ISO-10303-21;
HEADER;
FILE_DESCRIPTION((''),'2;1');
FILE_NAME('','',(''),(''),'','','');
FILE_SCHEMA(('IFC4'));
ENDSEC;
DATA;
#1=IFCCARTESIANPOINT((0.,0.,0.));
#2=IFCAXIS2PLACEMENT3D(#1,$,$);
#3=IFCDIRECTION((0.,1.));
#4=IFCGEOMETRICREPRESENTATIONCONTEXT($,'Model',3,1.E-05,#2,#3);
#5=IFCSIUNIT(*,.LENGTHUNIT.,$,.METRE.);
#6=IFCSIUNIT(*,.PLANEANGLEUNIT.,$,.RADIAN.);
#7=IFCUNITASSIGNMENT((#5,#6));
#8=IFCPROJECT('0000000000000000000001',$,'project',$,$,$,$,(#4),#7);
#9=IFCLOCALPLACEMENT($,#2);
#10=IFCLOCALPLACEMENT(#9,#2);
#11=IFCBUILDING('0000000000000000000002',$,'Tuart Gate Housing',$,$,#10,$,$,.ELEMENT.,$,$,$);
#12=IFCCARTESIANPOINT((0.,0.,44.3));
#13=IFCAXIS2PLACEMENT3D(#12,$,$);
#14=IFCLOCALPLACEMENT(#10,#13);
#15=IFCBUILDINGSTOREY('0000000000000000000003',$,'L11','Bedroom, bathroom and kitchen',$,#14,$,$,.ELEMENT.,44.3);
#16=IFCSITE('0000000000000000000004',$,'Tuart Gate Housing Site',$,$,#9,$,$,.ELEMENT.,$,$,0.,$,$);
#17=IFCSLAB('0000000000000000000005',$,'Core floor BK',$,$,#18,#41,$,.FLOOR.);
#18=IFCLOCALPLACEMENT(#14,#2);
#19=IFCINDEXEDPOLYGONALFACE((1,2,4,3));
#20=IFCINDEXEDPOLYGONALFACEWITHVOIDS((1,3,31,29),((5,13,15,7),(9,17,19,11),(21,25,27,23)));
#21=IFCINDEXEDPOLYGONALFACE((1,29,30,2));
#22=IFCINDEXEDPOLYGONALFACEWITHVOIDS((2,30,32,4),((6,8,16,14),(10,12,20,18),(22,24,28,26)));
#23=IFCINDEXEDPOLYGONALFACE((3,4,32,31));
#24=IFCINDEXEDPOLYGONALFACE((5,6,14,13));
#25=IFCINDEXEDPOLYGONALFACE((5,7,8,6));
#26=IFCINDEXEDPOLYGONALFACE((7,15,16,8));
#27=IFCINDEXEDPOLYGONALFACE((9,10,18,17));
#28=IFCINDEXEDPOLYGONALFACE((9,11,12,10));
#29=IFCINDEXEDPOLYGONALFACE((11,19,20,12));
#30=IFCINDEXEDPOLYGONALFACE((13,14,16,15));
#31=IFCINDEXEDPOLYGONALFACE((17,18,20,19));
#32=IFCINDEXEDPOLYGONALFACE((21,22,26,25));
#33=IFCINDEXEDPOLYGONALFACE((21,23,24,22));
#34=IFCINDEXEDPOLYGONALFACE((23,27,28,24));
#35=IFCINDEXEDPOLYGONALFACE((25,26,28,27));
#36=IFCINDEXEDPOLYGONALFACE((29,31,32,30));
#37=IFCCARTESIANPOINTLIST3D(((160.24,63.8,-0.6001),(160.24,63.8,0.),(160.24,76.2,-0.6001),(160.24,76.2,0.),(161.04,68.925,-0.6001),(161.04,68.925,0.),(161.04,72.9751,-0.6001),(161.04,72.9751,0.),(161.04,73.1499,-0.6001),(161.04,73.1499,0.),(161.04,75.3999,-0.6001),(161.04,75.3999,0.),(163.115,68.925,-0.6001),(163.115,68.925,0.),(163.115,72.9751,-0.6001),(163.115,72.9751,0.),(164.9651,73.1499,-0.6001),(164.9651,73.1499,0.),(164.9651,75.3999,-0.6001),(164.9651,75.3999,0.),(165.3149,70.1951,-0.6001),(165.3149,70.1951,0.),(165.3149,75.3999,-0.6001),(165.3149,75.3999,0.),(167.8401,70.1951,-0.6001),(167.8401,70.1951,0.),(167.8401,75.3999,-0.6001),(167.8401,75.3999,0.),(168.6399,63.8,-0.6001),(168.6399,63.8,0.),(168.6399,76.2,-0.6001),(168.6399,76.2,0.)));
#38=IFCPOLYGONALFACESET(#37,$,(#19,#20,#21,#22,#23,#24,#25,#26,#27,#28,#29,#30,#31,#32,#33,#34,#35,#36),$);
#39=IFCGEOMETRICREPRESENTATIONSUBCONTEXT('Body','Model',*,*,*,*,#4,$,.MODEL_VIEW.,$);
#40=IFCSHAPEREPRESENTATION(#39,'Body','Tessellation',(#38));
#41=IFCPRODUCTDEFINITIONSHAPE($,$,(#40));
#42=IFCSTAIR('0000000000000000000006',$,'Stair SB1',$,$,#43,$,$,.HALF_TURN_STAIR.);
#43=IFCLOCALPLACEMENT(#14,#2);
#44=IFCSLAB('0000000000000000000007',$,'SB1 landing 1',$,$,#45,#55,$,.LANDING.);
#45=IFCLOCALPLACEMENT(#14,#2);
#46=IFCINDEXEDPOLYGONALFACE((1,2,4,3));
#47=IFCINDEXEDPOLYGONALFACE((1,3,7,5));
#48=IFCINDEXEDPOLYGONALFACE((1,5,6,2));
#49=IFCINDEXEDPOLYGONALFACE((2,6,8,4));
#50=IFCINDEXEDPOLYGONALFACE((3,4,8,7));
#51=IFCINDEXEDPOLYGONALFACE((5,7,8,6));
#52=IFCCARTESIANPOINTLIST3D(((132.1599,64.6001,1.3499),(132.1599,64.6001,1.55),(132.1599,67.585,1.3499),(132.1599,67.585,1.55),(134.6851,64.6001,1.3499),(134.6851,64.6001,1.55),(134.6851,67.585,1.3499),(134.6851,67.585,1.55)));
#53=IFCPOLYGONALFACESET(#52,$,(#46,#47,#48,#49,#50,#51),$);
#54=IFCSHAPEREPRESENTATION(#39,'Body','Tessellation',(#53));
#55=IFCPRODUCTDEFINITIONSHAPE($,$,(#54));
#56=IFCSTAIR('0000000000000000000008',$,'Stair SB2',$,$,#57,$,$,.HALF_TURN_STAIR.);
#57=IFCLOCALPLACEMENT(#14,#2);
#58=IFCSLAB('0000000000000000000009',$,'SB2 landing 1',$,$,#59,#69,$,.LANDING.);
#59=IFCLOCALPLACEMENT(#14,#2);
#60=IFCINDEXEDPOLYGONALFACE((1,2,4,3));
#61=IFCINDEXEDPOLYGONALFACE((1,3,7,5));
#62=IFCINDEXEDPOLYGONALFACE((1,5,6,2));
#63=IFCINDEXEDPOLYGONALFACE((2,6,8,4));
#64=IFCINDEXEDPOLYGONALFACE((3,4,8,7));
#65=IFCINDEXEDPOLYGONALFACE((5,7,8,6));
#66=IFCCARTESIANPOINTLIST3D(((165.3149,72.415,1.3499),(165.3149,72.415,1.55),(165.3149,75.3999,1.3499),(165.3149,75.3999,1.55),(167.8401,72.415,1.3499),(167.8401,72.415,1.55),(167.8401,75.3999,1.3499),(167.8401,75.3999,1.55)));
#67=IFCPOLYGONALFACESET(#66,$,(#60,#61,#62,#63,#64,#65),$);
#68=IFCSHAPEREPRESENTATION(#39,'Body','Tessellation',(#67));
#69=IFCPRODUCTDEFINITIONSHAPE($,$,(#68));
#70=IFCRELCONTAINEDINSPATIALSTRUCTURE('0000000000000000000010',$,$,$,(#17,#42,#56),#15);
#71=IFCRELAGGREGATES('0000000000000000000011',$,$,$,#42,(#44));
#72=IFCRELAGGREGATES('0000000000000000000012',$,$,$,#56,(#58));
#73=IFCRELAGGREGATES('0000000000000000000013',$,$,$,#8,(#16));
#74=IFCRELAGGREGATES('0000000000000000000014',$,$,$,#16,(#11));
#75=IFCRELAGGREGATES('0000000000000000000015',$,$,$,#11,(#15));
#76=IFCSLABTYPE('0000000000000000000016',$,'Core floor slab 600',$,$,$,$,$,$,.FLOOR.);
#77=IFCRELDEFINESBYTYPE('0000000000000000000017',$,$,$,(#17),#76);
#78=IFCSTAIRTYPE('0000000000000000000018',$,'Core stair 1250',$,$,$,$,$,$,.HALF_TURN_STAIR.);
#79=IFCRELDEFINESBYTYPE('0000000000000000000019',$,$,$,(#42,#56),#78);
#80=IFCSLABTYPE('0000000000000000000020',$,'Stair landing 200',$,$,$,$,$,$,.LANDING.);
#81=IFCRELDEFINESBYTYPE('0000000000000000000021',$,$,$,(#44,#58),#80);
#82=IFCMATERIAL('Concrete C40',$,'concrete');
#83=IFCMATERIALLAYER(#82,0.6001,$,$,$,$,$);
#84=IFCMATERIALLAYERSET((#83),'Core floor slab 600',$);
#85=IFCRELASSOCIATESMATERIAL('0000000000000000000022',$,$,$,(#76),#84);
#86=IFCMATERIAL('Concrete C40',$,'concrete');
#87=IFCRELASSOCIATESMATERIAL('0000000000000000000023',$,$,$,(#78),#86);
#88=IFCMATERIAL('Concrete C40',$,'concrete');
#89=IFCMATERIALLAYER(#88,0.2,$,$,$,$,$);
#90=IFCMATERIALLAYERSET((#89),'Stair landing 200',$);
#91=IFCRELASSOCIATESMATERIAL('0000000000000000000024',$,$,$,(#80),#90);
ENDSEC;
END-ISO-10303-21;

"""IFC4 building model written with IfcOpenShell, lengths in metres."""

from ifc_helpers import new_model, si_unit, direction, frame, origin, place, context, subcontext, project, spatial, polyline, outline, extrude, material, layer, layer_set, type_object, element, aggregate, save


model = new_model("IFC4")

# Units and contexts
model_context = context("Model", 3, precision=1e-05, world=origin(), true_north=direction((0.0, 1.0)))
body_context = subcontext(model_context, "Body", "Model", "MODEL_VIEW")
ifc_project = project(units=[si_unit("LENGTHUNIT", "METRE"), si_unit("PLANEANGLEUNIT", "RADIAN")], contexts=[model_context])

# Site, building, storey
site_placement = place(None, origin())
site = spatial("IfcSite", under=ifc_project, at=site_placement, Name="Tuart Gate Housing Site", CompositionType="ELEMENT", RefElevation=0.0)
building_placement = place(site_placement, origin())
building = spatial("IfcBuilding", under=site, at=building_placement, Name="Tuart Gate Housing", CompositionType="ELEMENT")
storey_placement = place(building_placement, frame((0.0, 0.0, 44.3)))
storey = spatial("IfcBuildingStorey", under=building, at=storey_placement, Name="L11", Description="Bedroom, bathroom and kitchen", CompositionType="ELEMENT", Elevation=44.3)

# Slab
ifc_material_1 = material(Name="Concrete C40", Category="concrete")
ifc_layer_1 = layer(ifc_material_1, 0.6001)
ifc_layer_set_1 = layer_set([ifc_layer_1], Name="Core floor slab 600")
slab_type_1 = type_object("IfcSlabType", Name="Core floor slab 600", PredefinedType="FLOOR", material=ifc_layer_set_1)
slab_1_placement = place(storey_placement, frame((0.0, 0.0, -0.6001)))
element("IfcSlab", 1, at=slab_1_placement, inside=storey, type_object=slab_type_1, Name="Core floor BK", PredefinedType="FLOOR", context=body_context, shape_type="SweptSolid", body=[
    extrude(outline(polyline([(160.24, 63.8), (168.6399, 63.8), (168.6399, 76.2), (160.24, 76.2), (160.24, 63.8)]), holes=[polyline([(161.04, 73.1499), (164.9651, 73.1499), (164.9651, 75.3999), (161.04, 75.3999), (161.04, 73.1499)]), polyline([(161.04, 68.925), (163.115, 68.925), (163.115, 72.9751), (161.04, 72.9751), (161.04, 68.925)]), polyline([(165.3149, 70.1951), (167.8401, 70.1951), (167.8401, 75.3999), (165.3149, 75.3999), (165.3149, 70.1951)])]), origin(), (0.0, 0.0, 1.0), 0.6001),
])

# Stairs, slabs
ifc_material_2 = material(Name="Concrete C40", Category="concrete")
stair_type = type_object("IfcStairType", Name="Core stair 1250", PredefinedType="HALF_TURN_STAIR", material=ifc_material_2)
stair_1_placement = place(storey_placement, origin())
stair_1 = element("IfcStair", 2, at=stair_1_placement, inside=storey, type_object=stair_type, Name="Stair SB1", PredefinedType="HALF_TURN_STAIR")
ifc_material_3 = material(Name="Concrete C40", Category="concrete")
ifc_layer_2 = layer(ifc_material_3, 0.2)
ifc_layer_set_2 = layer_set([ifc_layer_2], Name="Stair landing 200")
slab_type_2 = type_object("IfcSlabType", Name="Stair landing 200", PredefinedType="LANDING", material=ifc_layer_set_2)
slab_2_placement = place(storey_placement, frame((0.0, 0.0, 1.3499)))
slab_2 = element("IfcSlab", 3, at=slab_2_placement, type_object=slab_type_2, Name="SB1 landing 1", PredefinedType="LANDING", context=body_context, shape_type="SweptSolid", body=[
    extrude(outline(polyline([(134.6851, 67.585), (132.1599, 67.585), (132.1599, 64.6001), (134.6851, 64.6001), (134.6851, 67.585)])), origin(), (0.0, 0.0, 1.0), 0.2002),
])
aggregate(stair_1, [slab_2])
stair_2_placement = place(storey_placement, origin())
stair_2 = element("IfcStair", 4, at=stair_2_placement, inside=storey, type_object=stair_type, Name="Stair SB2", PredefinedType="HALF_TURN_STAIR")
slab_3_placement = place(storey_placement, frame((0.0, 0.0, 1.3499)))
slab_3 = element("IfcSlab", 5, at=slab_3_placement, type_object=slab_type_2, Name="SB2 landing 1", PredefinedType="LANDING", context=body_context, shape_type="SweptSolid", body=[
    extrude(outline(polyline([(165.3149, 72.415), (167.8401, 72.415), (167.8401, 75.3999), (165.3149, 75.3999), (165.3149, 72.415)])), origin(), (0.0, 0.0, 1.0), 0.2002),
])
aggregate(stair_2, [slab_3])

save(model, "model.ifc")
